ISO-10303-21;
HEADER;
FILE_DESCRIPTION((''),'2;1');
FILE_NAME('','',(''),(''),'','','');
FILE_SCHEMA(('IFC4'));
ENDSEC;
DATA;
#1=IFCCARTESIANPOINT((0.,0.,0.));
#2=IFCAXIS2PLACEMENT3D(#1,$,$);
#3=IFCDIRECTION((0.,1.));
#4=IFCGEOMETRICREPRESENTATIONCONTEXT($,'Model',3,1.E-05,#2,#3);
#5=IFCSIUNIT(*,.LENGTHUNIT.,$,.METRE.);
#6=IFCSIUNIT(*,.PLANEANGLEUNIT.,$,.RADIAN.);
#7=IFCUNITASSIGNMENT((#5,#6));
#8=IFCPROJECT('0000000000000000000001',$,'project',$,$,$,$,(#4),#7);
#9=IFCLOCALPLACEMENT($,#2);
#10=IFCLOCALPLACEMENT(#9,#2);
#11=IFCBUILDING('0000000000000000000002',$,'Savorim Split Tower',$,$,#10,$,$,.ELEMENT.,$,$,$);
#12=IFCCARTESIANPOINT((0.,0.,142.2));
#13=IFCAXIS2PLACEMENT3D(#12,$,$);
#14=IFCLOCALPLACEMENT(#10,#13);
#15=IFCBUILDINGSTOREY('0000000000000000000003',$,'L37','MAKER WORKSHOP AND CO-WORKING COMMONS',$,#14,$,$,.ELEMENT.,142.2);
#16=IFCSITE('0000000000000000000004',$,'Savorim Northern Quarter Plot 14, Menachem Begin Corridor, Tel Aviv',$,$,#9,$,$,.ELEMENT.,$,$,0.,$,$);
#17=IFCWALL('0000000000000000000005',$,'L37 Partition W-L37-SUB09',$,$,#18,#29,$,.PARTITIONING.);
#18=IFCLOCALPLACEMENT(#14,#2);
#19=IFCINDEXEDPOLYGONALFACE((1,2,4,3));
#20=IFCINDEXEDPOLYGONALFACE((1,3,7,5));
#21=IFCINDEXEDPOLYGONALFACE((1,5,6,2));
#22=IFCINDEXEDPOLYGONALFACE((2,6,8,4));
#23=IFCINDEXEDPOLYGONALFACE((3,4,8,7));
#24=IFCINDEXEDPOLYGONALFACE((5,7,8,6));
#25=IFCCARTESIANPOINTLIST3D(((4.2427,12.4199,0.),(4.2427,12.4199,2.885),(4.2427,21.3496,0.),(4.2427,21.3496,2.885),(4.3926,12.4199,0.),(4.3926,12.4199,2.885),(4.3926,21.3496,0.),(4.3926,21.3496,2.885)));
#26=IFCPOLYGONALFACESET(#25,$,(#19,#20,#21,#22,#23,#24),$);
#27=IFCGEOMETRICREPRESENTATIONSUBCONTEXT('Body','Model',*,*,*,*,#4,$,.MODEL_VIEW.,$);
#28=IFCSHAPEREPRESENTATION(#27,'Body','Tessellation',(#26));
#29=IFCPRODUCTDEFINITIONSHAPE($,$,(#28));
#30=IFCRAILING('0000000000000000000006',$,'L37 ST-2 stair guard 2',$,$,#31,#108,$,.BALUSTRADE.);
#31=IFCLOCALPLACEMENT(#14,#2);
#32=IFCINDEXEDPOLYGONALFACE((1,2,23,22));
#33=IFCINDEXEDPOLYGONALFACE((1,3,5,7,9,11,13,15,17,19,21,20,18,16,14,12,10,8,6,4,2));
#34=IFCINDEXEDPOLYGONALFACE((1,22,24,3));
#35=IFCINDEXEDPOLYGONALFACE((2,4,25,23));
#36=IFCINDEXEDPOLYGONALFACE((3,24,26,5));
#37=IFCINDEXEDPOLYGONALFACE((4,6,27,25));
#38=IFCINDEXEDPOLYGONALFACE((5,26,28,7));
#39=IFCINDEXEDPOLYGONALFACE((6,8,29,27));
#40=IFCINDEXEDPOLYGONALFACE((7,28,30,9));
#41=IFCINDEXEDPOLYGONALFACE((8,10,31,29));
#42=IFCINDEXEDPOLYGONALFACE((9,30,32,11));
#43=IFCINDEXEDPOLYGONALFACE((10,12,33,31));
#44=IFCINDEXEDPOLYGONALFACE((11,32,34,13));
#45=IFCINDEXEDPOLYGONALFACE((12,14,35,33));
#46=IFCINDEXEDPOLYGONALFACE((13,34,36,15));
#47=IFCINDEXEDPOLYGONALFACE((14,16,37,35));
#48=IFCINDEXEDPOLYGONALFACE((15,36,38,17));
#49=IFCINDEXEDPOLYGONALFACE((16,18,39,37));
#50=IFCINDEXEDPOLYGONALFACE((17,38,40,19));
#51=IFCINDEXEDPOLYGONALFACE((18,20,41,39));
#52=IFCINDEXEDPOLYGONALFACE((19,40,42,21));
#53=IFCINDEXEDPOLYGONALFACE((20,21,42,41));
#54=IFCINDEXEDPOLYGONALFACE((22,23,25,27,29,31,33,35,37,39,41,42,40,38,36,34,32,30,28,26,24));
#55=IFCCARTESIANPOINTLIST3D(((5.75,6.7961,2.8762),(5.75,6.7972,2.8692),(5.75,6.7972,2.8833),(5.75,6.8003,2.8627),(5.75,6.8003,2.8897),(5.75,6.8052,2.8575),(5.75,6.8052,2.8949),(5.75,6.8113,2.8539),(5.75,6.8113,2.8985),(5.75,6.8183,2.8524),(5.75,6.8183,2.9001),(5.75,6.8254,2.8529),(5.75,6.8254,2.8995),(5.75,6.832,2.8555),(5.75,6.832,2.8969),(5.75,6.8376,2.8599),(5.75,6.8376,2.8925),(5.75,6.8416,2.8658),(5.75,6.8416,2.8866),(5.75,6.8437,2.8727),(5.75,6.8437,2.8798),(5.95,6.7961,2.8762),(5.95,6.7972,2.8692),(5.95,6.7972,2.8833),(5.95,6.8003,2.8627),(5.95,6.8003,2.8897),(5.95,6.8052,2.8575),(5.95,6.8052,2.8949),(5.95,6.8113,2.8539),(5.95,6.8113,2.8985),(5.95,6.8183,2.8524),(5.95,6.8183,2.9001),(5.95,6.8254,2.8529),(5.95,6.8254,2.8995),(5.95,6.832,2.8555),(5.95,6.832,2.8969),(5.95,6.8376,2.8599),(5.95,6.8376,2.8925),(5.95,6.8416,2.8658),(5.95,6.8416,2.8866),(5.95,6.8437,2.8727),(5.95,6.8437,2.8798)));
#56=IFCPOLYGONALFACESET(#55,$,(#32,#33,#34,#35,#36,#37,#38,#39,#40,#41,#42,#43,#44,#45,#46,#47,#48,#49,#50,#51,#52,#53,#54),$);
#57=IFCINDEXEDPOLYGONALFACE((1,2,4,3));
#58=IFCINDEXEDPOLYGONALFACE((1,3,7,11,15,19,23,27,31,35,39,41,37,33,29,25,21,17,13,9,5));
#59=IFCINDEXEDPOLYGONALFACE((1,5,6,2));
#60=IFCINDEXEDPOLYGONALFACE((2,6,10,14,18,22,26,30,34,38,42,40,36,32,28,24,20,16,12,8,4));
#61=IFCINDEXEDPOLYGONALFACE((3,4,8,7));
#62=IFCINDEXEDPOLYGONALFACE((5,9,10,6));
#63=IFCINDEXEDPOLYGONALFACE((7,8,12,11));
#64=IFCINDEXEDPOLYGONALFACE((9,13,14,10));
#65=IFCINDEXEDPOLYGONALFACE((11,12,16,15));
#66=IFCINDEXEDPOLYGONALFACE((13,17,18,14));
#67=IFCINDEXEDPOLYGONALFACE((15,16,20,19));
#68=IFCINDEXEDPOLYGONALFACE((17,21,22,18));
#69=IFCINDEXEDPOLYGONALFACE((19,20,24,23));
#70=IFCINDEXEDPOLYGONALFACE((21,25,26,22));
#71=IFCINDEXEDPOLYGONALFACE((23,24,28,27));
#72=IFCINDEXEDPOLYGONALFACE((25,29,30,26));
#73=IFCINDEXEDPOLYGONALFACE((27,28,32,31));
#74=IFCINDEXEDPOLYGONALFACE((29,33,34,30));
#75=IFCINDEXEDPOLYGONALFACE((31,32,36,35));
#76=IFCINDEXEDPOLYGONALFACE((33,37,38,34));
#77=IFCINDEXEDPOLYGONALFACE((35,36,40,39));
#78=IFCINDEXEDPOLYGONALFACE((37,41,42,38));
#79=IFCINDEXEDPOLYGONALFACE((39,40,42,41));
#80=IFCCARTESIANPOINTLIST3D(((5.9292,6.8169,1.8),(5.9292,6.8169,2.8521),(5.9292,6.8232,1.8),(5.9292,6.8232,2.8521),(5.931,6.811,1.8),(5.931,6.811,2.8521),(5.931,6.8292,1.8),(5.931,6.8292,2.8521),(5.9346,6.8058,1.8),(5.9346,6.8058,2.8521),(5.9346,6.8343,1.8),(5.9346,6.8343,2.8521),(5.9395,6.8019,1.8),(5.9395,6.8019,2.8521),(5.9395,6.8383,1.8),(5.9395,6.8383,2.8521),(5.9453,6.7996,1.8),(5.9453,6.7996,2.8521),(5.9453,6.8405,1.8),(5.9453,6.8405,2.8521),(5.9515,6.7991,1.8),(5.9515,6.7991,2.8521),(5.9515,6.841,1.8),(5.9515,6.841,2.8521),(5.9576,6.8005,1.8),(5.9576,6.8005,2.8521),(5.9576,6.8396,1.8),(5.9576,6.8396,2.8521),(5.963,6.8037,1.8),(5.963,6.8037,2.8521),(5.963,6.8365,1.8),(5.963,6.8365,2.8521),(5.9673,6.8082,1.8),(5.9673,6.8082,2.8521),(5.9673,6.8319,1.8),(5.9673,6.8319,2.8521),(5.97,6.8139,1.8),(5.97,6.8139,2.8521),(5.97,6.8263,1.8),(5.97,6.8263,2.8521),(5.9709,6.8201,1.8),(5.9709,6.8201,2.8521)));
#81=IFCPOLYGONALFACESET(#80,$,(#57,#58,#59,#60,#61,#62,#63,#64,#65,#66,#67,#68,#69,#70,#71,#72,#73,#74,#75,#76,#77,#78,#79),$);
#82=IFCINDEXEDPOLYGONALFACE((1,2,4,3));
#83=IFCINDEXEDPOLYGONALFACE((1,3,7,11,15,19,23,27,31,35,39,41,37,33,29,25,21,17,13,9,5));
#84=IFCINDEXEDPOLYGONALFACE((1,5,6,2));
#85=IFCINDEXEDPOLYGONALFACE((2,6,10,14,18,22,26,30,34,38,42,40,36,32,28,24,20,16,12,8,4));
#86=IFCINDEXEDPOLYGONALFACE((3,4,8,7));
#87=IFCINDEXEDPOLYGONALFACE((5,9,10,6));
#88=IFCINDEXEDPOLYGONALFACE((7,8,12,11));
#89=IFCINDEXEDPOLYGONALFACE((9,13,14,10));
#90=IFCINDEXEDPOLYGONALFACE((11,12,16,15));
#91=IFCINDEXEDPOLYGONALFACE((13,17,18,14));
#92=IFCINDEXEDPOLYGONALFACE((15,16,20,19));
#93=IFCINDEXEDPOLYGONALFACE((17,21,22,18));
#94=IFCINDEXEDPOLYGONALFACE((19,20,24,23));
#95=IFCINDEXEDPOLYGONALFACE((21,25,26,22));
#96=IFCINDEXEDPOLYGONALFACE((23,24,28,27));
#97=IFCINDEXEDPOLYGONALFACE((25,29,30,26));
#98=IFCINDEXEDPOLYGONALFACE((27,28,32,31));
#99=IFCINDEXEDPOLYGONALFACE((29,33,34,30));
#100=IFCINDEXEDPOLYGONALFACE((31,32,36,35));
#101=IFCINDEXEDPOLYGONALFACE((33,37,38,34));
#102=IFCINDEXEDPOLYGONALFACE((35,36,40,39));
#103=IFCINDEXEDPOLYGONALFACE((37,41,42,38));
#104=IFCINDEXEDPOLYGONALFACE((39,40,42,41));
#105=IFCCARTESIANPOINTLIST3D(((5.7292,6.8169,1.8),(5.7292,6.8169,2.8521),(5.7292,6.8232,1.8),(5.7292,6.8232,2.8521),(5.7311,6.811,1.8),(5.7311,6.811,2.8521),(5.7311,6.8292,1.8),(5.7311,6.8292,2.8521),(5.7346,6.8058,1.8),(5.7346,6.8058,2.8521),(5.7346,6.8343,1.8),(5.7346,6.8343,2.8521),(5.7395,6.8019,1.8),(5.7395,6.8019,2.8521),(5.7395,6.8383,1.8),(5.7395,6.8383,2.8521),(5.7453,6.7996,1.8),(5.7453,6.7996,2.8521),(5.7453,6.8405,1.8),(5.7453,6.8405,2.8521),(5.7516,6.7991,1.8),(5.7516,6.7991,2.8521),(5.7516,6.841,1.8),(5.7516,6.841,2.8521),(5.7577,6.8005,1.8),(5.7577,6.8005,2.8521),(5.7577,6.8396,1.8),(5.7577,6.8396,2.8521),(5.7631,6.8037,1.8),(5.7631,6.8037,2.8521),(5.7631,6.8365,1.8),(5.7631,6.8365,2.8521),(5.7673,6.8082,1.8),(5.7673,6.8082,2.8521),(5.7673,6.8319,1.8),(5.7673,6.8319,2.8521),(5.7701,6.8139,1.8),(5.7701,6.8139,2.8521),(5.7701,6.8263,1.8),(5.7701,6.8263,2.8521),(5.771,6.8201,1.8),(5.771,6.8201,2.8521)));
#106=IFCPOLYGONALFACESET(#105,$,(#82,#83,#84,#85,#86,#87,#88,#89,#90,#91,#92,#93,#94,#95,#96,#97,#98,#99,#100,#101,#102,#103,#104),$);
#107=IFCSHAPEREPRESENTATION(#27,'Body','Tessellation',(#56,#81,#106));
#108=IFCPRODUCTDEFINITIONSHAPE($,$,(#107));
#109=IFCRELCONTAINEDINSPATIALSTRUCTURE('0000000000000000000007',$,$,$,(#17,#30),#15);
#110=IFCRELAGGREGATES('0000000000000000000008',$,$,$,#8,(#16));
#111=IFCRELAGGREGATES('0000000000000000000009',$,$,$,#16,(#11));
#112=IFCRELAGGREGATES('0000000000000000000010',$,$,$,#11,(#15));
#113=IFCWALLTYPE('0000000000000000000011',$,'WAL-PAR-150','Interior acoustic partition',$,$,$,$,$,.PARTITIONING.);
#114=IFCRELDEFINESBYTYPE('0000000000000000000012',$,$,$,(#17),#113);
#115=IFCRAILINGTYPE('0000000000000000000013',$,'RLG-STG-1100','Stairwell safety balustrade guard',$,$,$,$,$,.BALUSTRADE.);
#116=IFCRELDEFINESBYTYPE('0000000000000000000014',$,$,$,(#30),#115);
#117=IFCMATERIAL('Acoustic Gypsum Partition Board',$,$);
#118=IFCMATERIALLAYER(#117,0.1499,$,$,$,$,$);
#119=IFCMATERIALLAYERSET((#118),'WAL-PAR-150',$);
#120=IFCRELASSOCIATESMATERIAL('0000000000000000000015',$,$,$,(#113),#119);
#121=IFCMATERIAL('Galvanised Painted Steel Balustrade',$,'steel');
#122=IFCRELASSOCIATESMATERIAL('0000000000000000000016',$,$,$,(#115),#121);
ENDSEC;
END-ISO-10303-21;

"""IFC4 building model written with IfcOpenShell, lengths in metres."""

from ifc_helpers import new_model, si_unit, direction, frame, frame_2d, origin, origin_2d, place, context, subcontext, project, spatial, rectangle, circle, extrude, material, layer, layer_set, type_object, element, save


model = new_model("IFC4")

# Units and contexts
model_context = context("Model", 3, precision=1e-05, world=origin(), true_north=direction((0.0, 1.0)))
body_context = subcontext(model_context, "Body", "Model", "MODEL_VIEW")
ifc_project = project(units=[si_unit("LENGTHUNIT", "METRE"), si_unit("PLANEANGLEUNIT", "RADIAN")], contexts=[model_context])

# Site, building, storey
site_placement = place(None, origin())
site = spatial("IfcSite", under=ifc_project, at=site_placement, Name="Savorim Northern Quarter Plot 14, Menachem Begin Corridor, Tel Aviv", CompositionType="ELEMENT", RefElevation=0.0)
building_placement = place(site_placement, origin())
building = spatial("IfcBuilding", under=site, at=building_placement, Name="Savorim Split Tower", CompositionType="ELEMENT")
storey_placement = place(building_placement, frame((0.0, 0.0, 142.2)))
storey = spatial("IfcBuildingStorey", under=building, at=storey_placement, Name="L37", Description="MAKER WORKSHOP AND CO-WORKING COMMONS", CompositionType="ELEMENT", Elevation=142.2)

# Shared definitions
ifc_material_1 = material(Name="Acoustic Gypsum Partition Board")
ifc_layer_1 = layer(ifc_material_1, 0.1499)
ifc_layer_set_1 = layer_set([ifc_layer_1], Name="WAL-PAR-150")
wall_type_1 = type_object("IfcWallType", Name="WAL-PAR-150", Description="Interior acoustic partition", PredefinedType="PARTITIONING", material=ifc_layer_set_1)

# Wall
wall_1_placement = place(storey_placement, frame((4.3176, 12.4199, 0.0), z_axis=(0.0, 0.0, 1.0), x_axis=(0.0, 1.0, 0.0)))
element("IfcWall", 1, at=wall_1_placement, inside=storey, type_object=wall_type_1, Name="L37 Partition W-L37-SUB09", PredefinedType="PARTITIONING", context=body_context, shape_type="SweptSolid", body=[
    extrude(rectangle(XDim=8.9297, YDim=0.1499, at=frame_2d((4.4648, 0.0))), origin(), (0.0, 0.0, 1.0), 2.885),
])

# Railing
ifc_material_2 = material(Name="Galvanised Painted Steel Balustrade", Category="steel")
railing_type = type_object("IfcRailingType", Name="RLG-STG-1100", Description="Stairwell safety balustrade guard", PredefinedType="BALUSTRADE", material=ifc_material_2)
railing_1_placement = place(storey_placement, frame((5.95, 6.8201, 1.8)))
element("IfcRailing", 2, at=railing_1_placement, inside=storey, type_object=railing_type, Name="L37 ST-2 stair guard 2", PredefinedType="BALUSTRADE", context=body_context, shape_type="SweptSolid", body=[
    extrude(circle(Radius=0.0239, at=origin_2d()), frame((0.0, 0.0, 1.0762), z_axis=(-1.0, 0.0, 0.0), x_axis=(0.0, -1.0, 0.0)), (0.0, 0.0, 1.0), 0.2),
    extrude(circle(Radius=0.021, at=origin_2d()), origin(), (0.0, 0.0, 1.0), 1.052),
    extrude(circle(Radius=0.021, at=origin_2d()), frame((-0.2, 0.0, 0.0)), (0.0, 0.0, 1.0), 1.052),
])

save(model, "model.ifc")
